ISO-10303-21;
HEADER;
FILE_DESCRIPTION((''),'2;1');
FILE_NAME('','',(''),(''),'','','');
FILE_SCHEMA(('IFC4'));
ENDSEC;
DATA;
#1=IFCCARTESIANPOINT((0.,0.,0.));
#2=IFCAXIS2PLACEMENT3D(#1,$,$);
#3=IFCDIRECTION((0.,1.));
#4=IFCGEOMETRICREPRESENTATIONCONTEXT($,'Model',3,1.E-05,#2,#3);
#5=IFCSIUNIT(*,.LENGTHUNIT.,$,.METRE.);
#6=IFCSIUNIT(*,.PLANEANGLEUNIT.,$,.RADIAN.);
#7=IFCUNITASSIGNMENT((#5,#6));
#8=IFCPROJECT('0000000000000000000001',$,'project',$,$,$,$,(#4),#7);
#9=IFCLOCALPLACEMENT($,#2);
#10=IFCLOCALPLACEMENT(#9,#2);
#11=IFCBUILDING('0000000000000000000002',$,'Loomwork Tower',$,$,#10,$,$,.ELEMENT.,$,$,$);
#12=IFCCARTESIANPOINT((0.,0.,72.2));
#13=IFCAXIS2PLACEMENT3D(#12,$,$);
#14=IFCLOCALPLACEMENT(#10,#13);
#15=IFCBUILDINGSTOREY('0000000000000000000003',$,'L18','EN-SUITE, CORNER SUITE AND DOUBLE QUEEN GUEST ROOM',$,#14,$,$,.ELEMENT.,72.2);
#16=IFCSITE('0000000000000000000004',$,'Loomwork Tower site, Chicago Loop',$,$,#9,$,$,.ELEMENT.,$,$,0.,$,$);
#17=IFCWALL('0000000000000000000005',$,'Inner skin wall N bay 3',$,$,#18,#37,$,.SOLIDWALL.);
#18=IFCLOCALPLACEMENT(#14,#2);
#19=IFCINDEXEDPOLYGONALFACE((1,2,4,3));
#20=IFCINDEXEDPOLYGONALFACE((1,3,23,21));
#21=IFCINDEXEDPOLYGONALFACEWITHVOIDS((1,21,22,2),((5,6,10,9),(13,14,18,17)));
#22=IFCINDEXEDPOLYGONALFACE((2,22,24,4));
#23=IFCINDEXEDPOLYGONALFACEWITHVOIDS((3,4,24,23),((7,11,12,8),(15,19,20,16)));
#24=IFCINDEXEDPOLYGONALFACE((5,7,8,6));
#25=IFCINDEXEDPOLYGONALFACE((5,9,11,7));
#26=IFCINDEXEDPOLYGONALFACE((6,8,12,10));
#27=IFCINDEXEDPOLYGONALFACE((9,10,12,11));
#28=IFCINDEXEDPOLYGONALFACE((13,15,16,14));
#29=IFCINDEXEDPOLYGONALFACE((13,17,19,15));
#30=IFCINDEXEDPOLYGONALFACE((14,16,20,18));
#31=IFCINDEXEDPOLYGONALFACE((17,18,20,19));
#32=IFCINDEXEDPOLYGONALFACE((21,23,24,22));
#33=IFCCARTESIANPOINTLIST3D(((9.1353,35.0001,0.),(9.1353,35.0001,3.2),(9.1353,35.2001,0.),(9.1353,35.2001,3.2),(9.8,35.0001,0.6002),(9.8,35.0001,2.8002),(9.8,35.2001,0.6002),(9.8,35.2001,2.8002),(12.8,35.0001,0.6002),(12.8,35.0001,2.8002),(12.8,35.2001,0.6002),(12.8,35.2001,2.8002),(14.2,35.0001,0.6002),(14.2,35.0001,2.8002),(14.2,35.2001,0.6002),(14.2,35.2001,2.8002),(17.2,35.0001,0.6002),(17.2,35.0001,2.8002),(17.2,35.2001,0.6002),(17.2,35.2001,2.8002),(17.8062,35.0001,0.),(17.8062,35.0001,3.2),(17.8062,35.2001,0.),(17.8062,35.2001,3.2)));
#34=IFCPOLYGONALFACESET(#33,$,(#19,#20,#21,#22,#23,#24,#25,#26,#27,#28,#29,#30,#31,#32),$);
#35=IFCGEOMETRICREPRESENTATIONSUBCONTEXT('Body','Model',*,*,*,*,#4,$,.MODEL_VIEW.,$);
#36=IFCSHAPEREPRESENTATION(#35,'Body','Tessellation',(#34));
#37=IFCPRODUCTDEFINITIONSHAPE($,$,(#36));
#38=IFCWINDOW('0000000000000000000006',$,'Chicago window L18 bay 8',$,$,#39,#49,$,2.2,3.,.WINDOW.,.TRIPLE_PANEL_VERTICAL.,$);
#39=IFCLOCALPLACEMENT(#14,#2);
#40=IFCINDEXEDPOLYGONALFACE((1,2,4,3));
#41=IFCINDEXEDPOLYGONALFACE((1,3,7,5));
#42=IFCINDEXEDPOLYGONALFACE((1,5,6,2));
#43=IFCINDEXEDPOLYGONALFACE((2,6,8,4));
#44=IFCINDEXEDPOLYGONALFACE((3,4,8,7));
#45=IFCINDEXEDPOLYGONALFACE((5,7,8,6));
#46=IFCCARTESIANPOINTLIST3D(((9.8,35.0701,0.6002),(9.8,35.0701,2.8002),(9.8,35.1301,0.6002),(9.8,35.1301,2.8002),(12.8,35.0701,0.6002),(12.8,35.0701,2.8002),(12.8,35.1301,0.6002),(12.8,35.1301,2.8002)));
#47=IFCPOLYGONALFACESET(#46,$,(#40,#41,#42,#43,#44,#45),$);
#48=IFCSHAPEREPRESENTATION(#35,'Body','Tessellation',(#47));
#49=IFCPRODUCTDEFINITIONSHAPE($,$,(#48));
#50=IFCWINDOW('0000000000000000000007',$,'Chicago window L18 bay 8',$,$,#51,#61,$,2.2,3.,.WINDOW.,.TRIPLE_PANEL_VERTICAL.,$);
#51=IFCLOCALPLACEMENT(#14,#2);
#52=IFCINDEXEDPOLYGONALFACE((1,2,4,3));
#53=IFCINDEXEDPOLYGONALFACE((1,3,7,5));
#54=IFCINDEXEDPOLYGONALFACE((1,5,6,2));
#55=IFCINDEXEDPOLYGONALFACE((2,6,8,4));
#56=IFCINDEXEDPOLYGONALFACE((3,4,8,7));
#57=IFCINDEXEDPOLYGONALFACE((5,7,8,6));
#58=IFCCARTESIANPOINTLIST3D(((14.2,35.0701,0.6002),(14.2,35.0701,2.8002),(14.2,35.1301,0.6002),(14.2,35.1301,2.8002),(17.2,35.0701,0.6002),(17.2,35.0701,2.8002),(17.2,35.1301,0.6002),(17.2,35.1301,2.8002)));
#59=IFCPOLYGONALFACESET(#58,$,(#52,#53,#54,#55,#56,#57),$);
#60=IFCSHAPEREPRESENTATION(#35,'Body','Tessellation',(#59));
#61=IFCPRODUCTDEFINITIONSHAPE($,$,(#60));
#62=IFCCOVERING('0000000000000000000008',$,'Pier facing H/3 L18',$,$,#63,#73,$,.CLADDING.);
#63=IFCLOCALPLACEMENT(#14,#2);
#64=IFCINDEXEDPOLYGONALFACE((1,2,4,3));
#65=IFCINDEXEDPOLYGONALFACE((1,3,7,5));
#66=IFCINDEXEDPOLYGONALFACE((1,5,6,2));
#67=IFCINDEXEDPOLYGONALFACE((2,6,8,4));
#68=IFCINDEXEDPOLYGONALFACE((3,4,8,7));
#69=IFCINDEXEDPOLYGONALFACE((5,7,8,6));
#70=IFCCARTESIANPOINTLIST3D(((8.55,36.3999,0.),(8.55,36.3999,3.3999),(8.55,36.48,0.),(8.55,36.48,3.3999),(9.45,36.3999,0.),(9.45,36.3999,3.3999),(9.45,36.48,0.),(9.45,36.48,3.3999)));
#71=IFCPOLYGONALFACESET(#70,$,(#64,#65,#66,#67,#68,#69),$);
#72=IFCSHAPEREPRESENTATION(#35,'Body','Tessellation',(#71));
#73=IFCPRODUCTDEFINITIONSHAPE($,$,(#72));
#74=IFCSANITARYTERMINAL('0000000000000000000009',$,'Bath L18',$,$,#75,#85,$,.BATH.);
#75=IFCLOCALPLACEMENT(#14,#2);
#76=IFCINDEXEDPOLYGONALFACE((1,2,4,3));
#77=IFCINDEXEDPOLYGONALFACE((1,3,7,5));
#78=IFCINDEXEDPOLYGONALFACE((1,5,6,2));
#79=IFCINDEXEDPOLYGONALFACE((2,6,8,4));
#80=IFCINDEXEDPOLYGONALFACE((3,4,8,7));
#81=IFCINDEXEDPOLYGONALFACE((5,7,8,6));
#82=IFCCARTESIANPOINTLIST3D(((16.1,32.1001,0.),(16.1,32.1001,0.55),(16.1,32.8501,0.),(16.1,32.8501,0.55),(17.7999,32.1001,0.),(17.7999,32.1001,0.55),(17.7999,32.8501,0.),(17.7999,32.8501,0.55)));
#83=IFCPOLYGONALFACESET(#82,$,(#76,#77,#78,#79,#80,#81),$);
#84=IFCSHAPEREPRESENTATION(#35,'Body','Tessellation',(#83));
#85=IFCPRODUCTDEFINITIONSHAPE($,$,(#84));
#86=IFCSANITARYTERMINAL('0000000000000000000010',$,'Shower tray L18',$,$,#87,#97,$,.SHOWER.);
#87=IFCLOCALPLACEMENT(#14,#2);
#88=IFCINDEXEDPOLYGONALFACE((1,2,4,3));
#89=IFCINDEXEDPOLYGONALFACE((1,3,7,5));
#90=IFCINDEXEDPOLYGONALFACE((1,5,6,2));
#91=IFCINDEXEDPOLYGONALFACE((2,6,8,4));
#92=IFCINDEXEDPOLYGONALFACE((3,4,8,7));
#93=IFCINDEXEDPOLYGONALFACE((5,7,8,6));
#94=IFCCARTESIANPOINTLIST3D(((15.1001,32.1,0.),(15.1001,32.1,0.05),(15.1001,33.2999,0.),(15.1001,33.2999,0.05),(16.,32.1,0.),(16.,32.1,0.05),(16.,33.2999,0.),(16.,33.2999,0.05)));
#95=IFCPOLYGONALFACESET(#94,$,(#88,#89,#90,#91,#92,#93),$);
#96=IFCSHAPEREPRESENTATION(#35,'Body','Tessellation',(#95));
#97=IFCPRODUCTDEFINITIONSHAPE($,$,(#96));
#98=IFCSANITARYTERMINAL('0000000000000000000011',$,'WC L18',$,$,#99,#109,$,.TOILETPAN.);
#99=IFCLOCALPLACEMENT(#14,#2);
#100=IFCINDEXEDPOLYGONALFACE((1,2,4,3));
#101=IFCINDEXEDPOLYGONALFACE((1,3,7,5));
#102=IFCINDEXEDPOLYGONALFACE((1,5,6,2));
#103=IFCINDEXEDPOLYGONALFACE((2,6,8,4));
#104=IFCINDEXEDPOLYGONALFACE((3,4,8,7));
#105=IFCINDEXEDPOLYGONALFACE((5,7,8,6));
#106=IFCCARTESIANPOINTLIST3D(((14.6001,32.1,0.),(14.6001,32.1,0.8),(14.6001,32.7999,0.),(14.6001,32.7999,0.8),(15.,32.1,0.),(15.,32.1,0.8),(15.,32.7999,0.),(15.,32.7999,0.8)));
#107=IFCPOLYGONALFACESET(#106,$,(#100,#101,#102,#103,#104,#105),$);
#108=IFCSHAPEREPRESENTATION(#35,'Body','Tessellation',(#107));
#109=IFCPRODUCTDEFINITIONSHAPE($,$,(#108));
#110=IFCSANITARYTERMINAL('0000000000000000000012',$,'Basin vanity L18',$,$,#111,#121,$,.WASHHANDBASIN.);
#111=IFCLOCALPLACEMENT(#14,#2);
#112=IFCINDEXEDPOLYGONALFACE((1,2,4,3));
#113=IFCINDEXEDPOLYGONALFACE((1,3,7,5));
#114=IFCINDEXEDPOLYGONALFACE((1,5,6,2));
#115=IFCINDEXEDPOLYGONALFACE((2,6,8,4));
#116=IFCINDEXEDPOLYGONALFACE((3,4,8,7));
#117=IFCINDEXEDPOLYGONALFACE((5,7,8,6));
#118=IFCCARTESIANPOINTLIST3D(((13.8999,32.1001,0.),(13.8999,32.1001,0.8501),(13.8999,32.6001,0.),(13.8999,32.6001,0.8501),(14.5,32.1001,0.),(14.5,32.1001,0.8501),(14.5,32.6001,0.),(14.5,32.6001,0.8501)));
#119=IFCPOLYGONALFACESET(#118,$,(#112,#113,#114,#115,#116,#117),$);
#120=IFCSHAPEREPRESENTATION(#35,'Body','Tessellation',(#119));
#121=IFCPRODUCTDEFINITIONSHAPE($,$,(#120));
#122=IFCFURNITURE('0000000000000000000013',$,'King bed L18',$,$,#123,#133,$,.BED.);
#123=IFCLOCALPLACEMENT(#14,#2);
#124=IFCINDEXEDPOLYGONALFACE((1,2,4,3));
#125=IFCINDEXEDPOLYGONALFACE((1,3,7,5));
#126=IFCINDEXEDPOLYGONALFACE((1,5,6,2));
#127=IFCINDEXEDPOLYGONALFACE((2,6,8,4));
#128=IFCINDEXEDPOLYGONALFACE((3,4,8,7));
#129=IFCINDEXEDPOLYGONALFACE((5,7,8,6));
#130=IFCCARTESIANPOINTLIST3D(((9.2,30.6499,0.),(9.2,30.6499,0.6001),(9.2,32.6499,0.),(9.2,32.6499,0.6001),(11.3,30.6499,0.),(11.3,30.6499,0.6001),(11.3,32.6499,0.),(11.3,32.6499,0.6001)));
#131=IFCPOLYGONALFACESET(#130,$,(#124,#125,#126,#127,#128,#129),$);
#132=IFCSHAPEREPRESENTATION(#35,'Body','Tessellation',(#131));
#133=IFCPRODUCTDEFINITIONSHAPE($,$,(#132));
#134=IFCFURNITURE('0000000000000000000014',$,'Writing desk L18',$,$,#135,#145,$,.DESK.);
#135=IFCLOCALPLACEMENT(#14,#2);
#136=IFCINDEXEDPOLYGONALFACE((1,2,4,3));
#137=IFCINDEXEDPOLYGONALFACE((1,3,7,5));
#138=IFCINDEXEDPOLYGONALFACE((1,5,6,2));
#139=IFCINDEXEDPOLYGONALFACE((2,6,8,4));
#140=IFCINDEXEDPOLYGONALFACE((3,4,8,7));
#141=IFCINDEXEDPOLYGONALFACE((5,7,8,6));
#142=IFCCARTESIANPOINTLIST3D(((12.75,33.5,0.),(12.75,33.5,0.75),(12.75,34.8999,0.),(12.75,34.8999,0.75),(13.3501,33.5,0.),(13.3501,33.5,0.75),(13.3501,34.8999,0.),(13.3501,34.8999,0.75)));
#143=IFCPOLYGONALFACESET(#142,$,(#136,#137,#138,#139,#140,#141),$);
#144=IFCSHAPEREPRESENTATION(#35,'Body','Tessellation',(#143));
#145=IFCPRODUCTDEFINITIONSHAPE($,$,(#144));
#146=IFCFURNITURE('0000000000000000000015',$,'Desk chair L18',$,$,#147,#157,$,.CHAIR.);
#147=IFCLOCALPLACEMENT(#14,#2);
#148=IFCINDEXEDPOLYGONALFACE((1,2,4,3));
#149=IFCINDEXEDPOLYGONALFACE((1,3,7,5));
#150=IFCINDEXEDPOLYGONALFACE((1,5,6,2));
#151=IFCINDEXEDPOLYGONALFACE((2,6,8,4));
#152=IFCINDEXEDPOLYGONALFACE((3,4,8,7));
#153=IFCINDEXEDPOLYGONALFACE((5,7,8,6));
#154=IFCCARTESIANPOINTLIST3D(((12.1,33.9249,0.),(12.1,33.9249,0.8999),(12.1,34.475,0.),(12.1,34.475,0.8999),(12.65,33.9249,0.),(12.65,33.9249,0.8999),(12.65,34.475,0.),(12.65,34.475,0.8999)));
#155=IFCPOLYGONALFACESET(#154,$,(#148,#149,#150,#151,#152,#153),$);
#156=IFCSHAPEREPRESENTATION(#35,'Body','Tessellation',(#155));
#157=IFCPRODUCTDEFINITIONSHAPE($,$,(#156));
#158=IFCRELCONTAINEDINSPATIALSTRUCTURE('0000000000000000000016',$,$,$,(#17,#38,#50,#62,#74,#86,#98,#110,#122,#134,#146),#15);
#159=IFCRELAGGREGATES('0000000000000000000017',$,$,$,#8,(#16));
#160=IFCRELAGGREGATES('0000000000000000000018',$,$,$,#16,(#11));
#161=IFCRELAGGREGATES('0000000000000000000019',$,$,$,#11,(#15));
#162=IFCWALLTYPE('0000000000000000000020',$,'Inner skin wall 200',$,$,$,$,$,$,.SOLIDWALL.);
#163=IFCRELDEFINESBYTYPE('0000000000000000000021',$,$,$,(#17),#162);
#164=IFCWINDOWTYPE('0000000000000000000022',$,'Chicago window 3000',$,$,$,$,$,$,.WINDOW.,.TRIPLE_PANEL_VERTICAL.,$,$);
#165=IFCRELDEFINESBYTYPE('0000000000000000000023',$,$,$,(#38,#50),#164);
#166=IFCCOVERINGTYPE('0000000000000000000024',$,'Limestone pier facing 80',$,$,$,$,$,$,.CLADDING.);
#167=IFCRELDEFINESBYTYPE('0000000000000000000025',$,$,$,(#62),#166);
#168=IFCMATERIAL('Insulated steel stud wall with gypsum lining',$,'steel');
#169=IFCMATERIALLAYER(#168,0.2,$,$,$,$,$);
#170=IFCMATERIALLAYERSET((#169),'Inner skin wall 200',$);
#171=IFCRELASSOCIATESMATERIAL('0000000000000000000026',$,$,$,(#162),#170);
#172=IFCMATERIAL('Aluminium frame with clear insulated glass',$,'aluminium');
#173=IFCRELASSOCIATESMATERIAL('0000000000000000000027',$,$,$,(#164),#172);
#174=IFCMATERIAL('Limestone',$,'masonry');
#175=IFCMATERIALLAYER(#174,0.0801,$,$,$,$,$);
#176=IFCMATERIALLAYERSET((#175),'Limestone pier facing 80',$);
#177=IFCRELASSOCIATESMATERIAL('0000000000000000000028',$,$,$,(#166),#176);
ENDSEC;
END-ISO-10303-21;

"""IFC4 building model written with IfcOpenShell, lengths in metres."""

from ifc_helpers import new_model, si_unit, direction, frame, frame_2d, origin, origin_2d, place, context, subcontext, project, spatial, rectangle, extrude, material, layer, layer_set, type_object, element, fill, save


model = new_model("IFC4")

# Units and contexts
model_context = context("Model", 3, precision=1e-05, world=origin(), true_north=direction((0.0, 1.0)))
body_context = subcontext(model_context, "Body", "Model", "MODEL_VIEW")
ifc_project = project(units=[si_unit("LENGTHUNIT", "METRE"), si_unit("PLANEANGLEUNIT", "RADIAN")], contexts=[model_context])

# Site, building, storey
site_placement = place(None, origin())
site = spatial("IfcSite", under=ifc_project, at=site_placement, Name="Loomwork Tower site, Chicago Loop", CompositionType="ELEMENT", RefElevation=0.0)
building_placement = place(site_placement, origin())
building = spatial("IfcBuilding", under=site, at=building_placement, Name="Loomwork Tower", CompositionType="ELEMENT")
storey_placement = place(building_placement, frame((0.0, 0.0, 72.2)))
storey = spatial("IfcBuildingStorey", under=building, at=storey_placement, Name="L18", Description="EN-SUITE, CORNER SUITE AND DOUBLE QUEEN GUEST ROOM", CompositionType="ELEMENT", Elevation=72.2)

# Wall, openings, windows
ifc_material_1 = material(Name="Insulated steel stud wall with gypsum lining", Category="steel")
ifc_layer_1 = layer(ifc_material_1, 0.2)
ifc_layer_set_1 = layer_set([ifc_layer_1], Name="Inner skin wall 200")
wall_type_1 = type_object("IfcWallType", Name="Inner skin wall 200", PredefinedType="SOLIDWALL", material=ifc_layer_set_1)
wall_1_placement = place(storey_placement, frame((9.1353, 35.1001, 0.0), z_axis=(0.0, 0.0, 1.0), x_axis=(1.0, 0.0, 0.0)))
wall_1 = element("IfcWall", 1, at=wall_1_placement, inside=storey, type_object=wall_type_1, Name="Inner skin wall N bay 3", PredefinedType="SOLIDWALL", context=body_context, shape_type="SweptSolid", body=[
    extrude(rectangle(XDim=8.6709, YDim=0.2, at=frame_2d((4.3354, 0.0))), origin(), (0.0, 0.0, 1.0), 3.2),
])
opening_1_placement = place(wall_1_placement, frame((0.6648, 0.0, 0.6001)))
opening_1 = element("IfcOpeningElement", 2, at=opening_1_placement, cuts=wall_1, PredefinedType="OPENING", context=body_context, shape_type="SweptSolid", body=[
    extrude(rectangle(XDim=3.0, YDim=2.2, at=frame_2d((1.5, 1.1001))), frame((0.0, 0.1099, 0.0), z_axis=(0.0, -1.0, 0.0), x_axis=(1.0, 0.0, 0.0)), (0.0, 0.0, 1.0), 0.22),
])
opening_2_placement = place(wall_1_placement, frame((5.0647, 0.0, 0.6001)))
opening_2 = element("IfcOpeningElement", 3, at=opening_2_placement, cuts=wall_1, PredefinedType="OPENING", context=body_context, shape_type="SweptSolid", body=[
    extrude(rectangle(XDim=3.0, YDim=2.2, at=frame_2d((1.5, 1.1001))), frame((0.0, 0.1099, 0.0), z_axis=(0.0, -1.0, 0.0), x_axis=(1.0, 0.0, 0.0)), (0.0, 0.0, 1.0), 0.22),
])
ifc_material_2 = material(Name="Aluminium frame with clear insulated glass", Category="aluminium")
window_type = type_object("IfcWindowType", Name="Chicago window 3000", PartitioningType="TRIPLE_PANEL_VERTICAL", PredefinedType="WINDOW", material=ifc_material_2)
window_1_placement = place(opening_1_placement, origin())
window_1 = element("IfcWindow", 4, at=window_1_placement, inside=storey, type_object=window_type, Name="Chicago window L18 bay 8", OverallHeight=2.2, OverallWidth=3.0, PartitioningType="TRIPLE_PANEL_VERTICAL", PredefinedType="WINDOW", context=body_context, shape_type="SweptSolid", body=[
    extrude(rectangle(XDim=3.0, YDim=2.2, at=frame_2d((1.5, 1.1001))), frame((0.0, 0.03, 0.0), z_axis=(0.0, -1.0, 0.0), x_axis=(1.0, 0.0, 0.0)), (0.0, 0.0, 1.0), 0.0601),
])
fill(opening_1, window_1)
window_2_placement = place(opening_2_placement, origin())
window_2 = element("IfcWindow", 5, at=window_2_placement, inside=storey, type_object=window_type, Name="Chicago window L18 bay 8", OverallHeight=2.2, OverallWidth=3.0, PartitioningType="TRIPLE_PANEL_VERTICAL", PredefinedType="WINDOW", context=body_context, shape_type="SweptSolid", body=[
    extrude(rectangle(XDim=3.0, YDim=2.2, at=frame_2d((1.5, 1.1001))), frame((0.0, 0.03, 0.0), z_axis=(0.0, -1.0, 0.0), x_axis=(1.0, 0.0, 0.0)), (0.0, 0.0, 1.0), 0.0601),
])
fill(opening_2, window_2)

# Covering
ifc_material_3 = material(Name="Limestone", Category="masonry")
ifc_layer_2 = layer(ifc_material_3, 0.0801)
ifc_layer_set_2 = layer_set([ifc_layer_2], Name="Limestone pier facing 80")
covering_type = type_object("IfcCoveringType", Name="Limestone pier facing 80", PredefinedType="CLADDING", material=ifc_layer_set_2)
covering_placement = place(storey_placement, frame((9.0, 36.4399, 0.0), z_axis=(0.0, 0.0, 1.0), x_axis=(1.0, 0.0, 0.0)))
element("IfcCovering", 6, at=covering_placement, inside=storey, type_object=covering_type, Name="Pier facing H/3 L18", PredefinedType="CLADDING", context=body_context, shape_type="SweptSolid", body=[
    extrude(rectangle(XDim=0.8999, YDim=0.0801, at=origin_2d()), origin(), (0.0, 0.0, 1.0), 3.3999),
])

# Sanitary terminals
sanitary_terminal_1_placement = place(storey_placement, frame((16.95, 32.4751, 0.0), z_axis=(0.0, 0.0, 1.0), x_axis=(1.0, 0.0, 0.0)))
element("IfcSanitaryTerminal", 7, at=sanitary_terminal_1_placement, inside=storey, Name="Bath L18", PredefinedType="BATH", context=body_context, shape_type="SweptSolid", body=[
    extrude(rectangle(XDim=1.7, YDim=0.75, at=origin_2d()), origin(), (0.0, 0.0, 1.0), 0.55),
])
sanitary_terminal_2_placement = place(storey_placement, frame((15.55, 32.7, 0.0), z_axis=(0.0, 0.0, 1.0), x_axis=(1.0, 0.0, 0.0)))
element("IfcSanitaryTerminal", 8, at=sanitary_terminal_2_placement, inside=storey, Name="Shower tray L18", PredefinedType="SHOWER", context=body_context, shape_type="SweptSolid", body=[
    extrude(rectangle(XDim=0.8999, YDim=1.2, at=origin_2d()), origin(), (0.0, 0.0, 1.0), 0.05),
])
sanitary_terminal_3_placement = place(storey_placement, frame((14.8, 32.45, 0.0), z_axis=(0.0, 0.0, 1.0), x_axis=(1.0, 0.0, 0.0)))
element("IfcSanitaryTerminal", 9, at=sanitary_terminal_3_placement, inside=storey, Name="WC L18", PredefinedType="TOILETPAN", context=body_context, shape_type="SweptSolid", body=[
    extrude(rectangle(XDim=0.3999, YDim=0.7, at=origin_2d()), origin(), (0.0, 0.0, 1.0), 0.8),
])
sanitary_terminal_4_placement = place(storey_placement, frame((14.2, 32.3501, 0.0), z_axis=(0.0, 0.0, 1.0), x_axis=(1.0, 0.0, 0.0)))
element("IfcSanitaryTerminal", 10, at=sanitary_terminal_4_placement, inside=storey, Name="Basin vanity L18", PredefinedType="WASHHANDBASIN", context=body_context, shape_type="SweptSolid", body=[
    extrude(rectangle(XDim=0.6001, YDim=0.5, at=origin_2d()), origin(), (0.0, 0.0, 1.0), 0.8501),
])

# Furniture
furniture_1_placement = place(storey_placement, frame((10.25, 31.6499, 0.0), z_axis=(0.0, 0.0, 1.0), x_axis=(1.0, 0.0, 0.0)))
element("IfcFurniture", 11, at=furniture_1_placement, inside=storey, Name="King bed L18", PredefinedType="BED", context=body_context, shape_type="SweptSolid", body=[
    extrude(rectangle(XDim=2.1001, YDim=2.0, at=origin_2d()), origin(), (0.0, 0.0, 1.0), 0.6001),
])
furniture_2_placement = place(storey_placement, frame((13.05, 34.2, 0.0), z_axis=(0.0, 0.0, 1.0), x_axis=(1.0, 0.0, 0.0)))
element("IfcFurniture", 12, at=furniture_2_placement, inside=storey, Name="Writing desk L18", PredefinedType="DESK", context=body_context, shape_type="SweptSolid", body=[
    extrude(rectangle(XDim=0.6001, YDim=1.3999, at=origin_2d()), origin(), (0.0, 0.0, 1.0), 0.75),
])
furniture_3_placement = place(storey_placement, frame((12.375, 34.2, 0.0), z_axis=(0.0, 0.0, 1.0), x_axis=(1.0, 0.0, 0.0)))
element("IfcFurniture", 13, at=furniture_3_placement, inside=storey, Name="Desk chair L18", PredefinedType="CHAIR", context=body_context, shape_type="SweptSolid", body=[
    extrude(rectangle(XDim=0.55, YDim=0.55, at=origin_2d()), origin(), (0.0, 0.0, 1.0), 0.8999),
])

save(model, "model.ifc")
